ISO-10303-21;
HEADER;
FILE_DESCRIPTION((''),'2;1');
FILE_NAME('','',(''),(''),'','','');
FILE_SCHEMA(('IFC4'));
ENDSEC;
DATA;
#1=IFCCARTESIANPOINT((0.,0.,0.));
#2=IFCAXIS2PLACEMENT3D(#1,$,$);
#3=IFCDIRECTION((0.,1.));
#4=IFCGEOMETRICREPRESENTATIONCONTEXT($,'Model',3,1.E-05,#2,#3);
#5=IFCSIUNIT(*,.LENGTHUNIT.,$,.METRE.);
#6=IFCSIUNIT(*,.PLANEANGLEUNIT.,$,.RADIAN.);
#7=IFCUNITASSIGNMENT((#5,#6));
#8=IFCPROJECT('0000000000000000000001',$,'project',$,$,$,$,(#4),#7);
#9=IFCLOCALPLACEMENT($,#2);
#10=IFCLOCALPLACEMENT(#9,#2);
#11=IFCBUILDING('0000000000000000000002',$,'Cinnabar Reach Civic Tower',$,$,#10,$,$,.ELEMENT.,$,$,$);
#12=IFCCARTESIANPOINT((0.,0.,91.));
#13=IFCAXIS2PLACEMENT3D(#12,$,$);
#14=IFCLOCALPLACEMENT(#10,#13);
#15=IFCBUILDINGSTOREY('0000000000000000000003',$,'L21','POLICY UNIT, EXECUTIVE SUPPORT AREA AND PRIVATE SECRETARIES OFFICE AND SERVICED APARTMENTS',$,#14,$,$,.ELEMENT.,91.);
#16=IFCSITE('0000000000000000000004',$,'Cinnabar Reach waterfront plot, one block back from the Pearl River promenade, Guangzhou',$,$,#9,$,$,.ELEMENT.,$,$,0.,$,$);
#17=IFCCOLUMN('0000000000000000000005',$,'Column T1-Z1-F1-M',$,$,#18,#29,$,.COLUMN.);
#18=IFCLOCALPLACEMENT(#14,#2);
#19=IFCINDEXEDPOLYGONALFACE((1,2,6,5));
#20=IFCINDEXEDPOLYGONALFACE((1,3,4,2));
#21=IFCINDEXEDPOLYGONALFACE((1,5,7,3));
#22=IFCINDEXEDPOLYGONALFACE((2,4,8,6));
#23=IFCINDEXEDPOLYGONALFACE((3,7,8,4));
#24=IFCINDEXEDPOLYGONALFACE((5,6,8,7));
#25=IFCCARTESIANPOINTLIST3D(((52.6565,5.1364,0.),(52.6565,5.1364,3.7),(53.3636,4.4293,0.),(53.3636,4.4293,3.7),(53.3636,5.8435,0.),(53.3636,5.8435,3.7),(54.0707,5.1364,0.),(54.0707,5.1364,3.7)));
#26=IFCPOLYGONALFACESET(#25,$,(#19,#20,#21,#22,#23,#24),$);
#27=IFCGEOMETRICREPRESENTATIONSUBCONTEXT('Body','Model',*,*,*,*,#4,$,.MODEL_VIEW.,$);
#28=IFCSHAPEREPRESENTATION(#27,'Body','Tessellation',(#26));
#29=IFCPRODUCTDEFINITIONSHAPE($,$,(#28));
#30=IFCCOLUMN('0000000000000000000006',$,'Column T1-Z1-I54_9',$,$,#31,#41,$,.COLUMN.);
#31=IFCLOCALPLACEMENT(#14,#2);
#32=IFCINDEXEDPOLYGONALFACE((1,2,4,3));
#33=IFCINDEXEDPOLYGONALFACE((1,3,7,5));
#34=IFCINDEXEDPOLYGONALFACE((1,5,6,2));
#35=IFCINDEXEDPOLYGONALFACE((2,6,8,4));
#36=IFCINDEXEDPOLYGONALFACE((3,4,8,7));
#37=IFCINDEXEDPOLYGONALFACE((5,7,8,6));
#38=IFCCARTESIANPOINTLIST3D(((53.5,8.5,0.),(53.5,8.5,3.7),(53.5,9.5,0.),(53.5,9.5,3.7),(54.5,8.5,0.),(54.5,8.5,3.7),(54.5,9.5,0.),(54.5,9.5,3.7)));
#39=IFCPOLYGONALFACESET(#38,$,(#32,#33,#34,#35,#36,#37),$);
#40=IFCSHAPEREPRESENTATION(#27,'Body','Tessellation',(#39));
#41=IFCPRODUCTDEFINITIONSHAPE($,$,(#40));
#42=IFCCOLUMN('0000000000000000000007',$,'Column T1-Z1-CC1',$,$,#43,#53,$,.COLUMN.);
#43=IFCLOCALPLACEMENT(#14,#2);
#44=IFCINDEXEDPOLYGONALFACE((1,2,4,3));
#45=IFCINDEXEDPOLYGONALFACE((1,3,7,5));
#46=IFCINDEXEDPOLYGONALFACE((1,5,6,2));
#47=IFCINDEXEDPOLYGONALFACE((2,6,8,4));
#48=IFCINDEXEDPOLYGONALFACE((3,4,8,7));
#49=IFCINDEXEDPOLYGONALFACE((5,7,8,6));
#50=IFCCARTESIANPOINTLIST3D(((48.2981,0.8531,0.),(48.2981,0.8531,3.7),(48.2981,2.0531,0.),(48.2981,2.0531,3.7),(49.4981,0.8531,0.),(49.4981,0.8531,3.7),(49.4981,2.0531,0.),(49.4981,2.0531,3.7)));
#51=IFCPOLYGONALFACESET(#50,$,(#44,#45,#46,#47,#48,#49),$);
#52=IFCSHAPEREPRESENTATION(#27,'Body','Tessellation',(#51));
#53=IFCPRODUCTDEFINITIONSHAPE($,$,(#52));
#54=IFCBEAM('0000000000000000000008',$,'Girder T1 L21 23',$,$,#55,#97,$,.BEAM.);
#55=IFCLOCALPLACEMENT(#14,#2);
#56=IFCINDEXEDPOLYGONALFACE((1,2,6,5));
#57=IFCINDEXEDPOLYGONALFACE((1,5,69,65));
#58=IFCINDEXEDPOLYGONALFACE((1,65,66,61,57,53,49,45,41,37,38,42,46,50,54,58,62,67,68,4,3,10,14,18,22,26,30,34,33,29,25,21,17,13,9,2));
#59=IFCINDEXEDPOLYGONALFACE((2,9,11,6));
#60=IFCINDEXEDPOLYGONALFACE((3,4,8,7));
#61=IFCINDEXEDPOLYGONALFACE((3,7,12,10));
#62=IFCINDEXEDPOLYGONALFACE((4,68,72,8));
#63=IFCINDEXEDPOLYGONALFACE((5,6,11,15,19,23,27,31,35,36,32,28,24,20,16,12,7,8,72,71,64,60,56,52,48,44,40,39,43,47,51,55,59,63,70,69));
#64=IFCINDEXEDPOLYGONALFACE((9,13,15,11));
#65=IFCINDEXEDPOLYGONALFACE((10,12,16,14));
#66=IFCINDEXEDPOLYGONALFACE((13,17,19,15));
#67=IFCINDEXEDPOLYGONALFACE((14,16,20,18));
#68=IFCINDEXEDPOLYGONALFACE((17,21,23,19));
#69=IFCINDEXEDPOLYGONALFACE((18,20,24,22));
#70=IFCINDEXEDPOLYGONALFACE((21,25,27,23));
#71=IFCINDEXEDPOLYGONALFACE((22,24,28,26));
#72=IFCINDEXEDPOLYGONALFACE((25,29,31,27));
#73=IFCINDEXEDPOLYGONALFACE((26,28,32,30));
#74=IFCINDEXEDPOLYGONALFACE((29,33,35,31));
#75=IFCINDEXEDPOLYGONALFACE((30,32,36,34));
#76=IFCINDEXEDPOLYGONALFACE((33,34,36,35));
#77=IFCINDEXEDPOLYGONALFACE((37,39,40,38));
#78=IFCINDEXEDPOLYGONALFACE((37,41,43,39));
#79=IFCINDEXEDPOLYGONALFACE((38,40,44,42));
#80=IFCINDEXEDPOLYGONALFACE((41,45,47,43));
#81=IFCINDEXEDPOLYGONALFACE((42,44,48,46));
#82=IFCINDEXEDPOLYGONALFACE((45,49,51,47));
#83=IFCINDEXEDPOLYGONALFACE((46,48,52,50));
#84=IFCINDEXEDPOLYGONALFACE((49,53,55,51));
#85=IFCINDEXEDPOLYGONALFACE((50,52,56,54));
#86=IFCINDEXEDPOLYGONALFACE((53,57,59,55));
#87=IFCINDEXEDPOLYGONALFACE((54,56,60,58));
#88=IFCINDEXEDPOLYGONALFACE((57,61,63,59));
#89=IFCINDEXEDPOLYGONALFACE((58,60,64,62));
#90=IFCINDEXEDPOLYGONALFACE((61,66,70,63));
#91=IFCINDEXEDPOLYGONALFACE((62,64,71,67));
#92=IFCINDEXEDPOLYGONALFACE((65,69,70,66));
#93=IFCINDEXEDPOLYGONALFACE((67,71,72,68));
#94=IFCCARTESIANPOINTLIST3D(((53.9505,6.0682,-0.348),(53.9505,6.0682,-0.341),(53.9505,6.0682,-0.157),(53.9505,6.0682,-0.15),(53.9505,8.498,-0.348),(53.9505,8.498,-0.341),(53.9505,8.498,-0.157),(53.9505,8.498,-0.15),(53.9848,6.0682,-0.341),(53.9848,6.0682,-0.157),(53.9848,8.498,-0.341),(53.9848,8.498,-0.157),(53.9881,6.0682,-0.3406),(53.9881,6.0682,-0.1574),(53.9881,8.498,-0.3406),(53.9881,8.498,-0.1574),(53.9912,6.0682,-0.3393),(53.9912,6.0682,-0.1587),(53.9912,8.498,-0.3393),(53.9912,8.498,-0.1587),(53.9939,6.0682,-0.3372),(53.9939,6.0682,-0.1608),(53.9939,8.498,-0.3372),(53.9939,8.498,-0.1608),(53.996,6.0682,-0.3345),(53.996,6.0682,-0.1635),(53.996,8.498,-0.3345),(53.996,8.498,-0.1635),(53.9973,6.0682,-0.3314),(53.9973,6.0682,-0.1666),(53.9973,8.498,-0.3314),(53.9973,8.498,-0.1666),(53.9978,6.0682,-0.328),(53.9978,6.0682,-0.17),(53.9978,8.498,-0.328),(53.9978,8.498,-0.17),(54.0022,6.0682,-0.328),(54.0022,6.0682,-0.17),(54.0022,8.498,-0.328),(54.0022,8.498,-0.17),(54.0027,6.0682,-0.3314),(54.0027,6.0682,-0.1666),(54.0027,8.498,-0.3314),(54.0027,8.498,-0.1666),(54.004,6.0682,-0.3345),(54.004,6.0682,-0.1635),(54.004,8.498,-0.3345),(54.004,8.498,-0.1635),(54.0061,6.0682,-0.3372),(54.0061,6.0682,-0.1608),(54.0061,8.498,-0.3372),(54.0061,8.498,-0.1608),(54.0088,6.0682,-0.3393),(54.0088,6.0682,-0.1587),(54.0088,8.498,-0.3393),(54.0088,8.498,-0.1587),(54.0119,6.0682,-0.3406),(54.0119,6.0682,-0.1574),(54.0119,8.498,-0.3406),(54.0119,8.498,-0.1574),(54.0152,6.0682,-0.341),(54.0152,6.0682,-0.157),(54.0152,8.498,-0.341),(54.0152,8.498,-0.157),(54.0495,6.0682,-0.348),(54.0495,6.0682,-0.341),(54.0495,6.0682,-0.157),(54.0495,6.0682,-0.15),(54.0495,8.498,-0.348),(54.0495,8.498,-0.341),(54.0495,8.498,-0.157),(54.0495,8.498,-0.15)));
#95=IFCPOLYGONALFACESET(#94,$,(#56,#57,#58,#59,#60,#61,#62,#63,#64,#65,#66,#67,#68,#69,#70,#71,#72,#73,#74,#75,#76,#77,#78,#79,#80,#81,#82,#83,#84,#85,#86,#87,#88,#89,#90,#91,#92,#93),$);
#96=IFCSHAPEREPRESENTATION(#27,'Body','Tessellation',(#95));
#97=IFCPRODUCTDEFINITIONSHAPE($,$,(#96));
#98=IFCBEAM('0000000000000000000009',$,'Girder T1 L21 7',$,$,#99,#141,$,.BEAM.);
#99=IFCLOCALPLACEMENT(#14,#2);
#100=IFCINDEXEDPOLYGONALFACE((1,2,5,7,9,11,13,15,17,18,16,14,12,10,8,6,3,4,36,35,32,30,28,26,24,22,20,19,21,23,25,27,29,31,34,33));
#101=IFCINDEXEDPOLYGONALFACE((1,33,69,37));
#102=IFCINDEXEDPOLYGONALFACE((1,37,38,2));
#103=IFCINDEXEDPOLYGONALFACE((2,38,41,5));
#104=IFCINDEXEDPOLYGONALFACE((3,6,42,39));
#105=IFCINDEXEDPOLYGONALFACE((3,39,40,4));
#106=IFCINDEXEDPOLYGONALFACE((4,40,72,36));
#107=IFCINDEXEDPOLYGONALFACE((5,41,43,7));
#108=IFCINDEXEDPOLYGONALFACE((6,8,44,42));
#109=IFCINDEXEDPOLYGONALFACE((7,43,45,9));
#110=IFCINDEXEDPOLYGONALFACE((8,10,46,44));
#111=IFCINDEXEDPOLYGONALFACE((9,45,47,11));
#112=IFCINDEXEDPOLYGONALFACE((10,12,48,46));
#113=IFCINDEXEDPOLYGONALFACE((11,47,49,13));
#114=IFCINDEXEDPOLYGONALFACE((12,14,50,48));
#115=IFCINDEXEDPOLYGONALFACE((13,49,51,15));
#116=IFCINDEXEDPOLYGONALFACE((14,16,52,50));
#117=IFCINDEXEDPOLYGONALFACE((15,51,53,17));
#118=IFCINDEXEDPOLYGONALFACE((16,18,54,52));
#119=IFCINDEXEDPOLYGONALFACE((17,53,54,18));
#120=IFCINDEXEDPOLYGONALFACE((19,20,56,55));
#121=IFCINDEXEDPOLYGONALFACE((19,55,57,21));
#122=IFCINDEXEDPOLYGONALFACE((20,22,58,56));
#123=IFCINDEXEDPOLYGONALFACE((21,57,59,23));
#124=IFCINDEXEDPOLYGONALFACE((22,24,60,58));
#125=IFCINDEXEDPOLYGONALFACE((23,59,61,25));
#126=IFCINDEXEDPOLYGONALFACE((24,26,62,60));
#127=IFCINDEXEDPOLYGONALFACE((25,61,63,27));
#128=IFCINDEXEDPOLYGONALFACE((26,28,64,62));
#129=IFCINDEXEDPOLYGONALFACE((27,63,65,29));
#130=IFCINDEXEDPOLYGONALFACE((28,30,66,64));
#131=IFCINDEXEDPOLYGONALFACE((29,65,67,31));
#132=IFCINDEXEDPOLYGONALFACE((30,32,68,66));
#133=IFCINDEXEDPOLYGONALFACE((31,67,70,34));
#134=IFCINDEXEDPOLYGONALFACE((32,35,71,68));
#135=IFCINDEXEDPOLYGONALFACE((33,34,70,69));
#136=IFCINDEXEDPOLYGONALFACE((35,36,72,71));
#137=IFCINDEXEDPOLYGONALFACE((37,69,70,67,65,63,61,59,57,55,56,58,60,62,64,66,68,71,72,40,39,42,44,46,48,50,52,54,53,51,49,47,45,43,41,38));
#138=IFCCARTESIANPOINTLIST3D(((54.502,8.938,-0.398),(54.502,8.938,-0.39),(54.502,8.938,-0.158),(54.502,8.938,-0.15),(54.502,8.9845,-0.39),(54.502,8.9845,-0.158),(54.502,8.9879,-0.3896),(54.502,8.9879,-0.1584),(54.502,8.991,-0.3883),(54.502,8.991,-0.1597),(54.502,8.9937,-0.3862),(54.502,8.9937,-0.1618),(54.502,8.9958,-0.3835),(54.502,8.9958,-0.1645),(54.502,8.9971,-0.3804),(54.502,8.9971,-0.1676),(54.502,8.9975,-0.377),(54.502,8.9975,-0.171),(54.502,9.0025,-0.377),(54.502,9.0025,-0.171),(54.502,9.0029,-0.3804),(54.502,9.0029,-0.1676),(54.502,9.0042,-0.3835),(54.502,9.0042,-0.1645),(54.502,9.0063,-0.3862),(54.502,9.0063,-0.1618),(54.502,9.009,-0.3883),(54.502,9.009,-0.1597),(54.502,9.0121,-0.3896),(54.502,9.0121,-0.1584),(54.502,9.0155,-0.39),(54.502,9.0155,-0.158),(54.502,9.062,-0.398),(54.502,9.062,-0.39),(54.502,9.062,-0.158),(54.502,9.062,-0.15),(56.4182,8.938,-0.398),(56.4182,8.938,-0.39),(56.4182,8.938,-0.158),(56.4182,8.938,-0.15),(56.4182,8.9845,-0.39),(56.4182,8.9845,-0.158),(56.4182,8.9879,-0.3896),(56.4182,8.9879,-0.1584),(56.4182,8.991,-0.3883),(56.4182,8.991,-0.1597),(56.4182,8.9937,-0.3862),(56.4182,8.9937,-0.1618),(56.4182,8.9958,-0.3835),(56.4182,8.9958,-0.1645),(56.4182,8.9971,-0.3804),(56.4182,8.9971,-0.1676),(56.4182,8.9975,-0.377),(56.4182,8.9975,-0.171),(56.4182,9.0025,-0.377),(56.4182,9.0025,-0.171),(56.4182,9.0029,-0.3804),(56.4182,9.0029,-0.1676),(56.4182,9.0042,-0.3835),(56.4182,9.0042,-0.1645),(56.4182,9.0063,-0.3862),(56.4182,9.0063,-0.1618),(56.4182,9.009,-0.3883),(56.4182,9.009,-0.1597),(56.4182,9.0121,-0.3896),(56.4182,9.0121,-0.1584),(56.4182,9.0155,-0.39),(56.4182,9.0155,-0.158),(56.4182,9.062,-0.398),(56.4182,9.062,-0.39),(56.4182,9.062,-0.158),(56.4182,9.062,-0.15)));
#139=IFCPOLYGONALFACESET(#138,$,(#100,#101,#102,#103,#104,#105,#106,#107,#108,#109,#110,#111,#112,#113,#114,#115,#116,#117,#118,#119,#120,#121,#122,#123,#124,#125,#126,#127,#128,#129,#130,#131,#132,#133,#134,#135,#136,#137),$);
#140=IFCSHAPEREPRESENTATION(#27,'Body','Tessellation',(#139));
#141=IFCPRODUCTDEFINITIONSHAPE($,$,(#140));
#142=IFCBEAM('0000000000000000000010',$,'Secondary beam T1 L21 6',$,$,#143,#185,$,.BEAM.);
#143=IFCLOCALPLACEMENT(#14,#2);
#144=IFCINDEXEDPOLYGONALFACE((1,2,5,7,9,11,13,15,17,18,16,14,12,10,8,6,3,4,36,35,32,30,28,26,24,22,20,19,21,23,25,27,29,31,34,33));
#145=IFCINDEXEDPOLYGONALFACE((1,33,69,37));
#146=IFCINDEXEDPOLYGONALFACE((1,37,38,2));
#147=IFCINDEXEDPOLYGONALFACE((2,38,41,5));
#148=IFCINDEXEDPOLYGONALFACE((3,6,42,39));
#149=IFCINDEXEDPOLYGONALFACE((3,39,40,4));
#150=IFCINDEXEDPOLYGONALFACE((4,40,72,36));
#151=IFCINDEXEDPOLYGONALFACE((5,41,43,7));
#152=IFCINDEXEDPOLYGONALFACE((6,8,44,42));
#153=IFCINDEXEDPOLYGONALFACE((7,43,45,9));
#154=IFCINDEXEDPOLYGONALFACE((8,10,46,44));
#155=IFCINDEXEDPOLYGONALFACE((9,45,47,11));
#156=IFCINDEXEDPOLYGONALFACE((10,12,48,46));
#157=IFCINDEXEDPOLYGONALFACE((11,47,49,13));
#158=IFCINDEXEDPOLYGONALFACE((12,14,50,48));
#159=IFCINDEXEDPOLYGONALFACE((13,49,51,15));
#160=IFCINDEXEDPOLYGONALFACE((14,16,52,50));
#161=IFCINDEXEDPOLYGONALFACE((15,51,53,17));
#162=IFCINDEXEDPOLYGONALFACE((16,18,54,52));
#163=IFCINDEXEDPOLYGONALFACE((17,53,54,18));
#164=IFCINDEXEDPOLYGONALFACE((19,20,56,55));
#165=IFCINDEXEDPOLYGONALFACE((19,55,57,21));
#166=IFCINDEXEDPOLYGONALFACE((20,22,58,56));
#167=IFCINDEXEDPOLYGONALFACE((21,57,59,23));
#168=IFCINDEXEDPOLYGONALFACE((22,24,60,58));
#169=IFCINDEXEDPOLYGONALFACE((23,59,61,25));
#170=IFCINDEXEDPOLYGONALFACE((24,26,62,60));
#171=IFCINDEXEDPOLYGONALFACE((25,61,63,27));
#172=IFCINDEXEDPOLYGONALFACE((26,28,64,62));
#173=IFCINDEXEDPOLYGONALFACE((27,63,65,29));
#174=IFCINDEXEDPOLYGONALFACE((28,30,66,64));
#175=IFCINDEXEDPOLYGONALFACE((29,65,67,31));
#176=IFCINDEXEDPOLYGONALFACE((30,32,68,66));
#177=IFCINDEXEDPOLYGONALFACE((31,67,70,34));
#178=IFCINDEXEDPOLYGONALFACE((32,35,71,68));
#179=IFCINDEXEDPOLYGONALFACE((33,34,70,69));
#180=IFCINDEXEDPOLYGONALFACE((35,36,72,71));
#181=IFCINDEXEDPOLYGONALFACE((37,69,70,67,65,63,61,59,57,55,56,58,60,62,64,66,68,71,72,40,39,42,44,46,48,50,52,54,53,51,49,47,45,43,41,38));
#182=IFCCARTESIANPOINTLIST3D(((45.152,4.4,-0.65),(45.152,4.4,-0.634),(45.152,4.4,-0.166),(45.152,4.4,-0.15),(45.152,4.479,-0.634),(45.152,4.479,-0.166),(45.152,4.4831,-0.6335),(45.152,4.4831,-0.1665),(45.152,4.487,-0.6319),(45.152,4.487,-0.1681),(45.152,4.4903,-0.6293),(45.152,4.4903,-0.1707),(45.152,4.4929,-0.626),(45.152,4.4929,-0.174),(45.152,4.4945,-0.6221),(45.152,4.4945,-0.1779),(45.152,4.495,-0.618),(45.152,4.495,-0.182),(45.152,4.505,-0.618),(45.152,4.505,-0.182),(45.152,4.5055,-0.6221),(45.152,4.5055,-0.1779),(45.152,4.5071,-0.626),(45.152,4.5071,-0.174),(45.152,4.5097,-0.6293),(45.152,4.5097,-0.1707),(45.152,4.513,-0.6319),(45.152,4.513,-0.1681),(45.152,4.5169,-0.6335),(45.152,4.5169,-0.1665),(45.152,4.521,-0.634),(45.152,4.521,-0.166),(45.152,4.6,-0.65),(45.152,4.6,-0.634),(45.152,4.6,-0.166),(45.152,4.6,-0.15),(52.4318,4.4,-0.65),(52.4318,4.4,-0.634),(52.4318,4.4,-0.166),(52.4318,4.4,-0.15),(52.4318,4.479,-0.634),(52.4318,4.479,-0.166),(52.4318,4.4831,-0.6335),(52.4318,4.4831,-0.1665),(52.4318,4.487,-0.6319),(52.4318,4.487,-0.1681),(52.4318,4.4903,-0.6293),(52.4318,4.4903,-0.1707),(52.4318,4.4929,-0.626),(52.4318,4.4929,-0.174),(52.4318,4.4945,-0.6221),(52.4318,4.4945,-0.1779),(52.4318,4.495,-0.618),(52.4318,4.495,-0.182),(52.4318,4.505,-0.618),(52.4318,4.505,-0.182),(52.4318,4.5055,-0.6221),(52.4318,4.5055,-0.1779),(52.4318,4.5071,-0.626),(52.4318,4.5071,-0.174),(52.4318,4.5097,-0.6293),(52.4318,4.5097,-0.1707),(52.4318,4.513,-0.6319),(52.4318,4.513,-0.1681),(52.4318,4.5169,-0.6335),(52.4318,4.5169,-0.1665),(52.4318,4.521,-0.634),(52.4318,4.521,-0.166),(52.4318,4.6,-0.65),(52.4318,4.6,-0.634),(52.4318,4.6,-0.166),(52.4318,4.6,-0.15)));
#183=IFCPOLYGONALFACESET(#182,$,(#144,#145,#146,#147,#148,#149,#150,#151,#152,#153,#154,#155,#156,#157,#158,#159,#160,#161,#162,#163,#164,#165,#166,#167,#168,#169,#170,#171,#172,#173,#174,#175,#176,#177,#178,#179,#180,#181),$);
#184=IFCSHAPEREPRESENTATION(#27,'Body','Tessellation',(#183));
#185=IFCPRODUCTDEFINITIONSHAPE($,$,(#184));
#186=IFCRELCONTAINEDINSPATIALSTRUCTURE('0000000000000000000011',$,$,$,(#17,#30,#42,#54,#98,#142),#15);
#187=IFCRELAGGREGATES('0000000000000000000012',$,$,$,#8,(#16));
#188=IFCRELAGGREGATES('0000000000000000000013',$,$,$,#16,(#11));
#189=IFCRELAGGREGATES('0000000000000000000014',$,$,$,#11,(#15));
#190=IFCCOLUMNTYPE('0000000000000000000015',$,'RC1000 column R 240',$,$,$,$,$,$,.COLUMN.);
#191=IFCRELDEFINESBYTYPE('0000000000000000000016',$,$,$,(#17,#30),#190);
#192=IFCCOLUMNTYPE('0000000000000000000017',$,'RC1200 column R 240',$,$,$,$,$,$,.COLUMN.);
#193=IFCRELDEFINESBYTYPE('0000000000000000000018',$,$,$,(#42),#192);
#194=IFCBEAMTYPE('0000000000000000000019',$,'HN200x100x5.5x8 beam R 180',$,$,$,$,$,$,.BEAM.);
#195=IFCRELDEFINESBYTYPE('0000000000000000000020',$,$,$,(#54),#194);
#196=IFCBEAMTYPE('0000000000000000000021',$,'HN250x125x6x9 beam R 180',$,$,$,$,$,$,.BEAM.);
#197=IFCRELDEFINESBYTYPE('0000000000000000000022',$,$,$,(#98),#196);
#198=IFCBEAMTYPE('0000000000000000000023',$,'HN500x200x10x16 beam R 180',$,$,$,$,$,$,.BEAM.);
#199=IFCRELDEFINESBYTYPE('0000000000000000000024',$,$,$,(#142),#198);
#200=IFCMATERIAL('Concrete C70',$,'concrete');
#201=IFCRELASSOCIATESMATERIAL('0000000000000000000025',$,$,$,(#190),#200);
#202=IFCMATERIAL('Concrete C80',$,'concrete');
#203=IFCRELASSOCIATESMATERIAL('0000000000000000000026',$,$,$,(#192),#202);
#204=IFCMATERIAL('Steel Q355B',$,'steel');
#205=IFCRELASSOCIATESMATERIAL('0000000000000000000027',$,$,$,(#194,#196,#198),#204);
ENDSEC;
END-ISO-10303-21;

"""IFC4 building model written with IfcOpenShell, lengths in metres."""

from ifc_helpers import new_model, si_unit, direction, frame, origin, origin_2d, place, context, subcontext, project, spatial, rectangle, i_section, extrude, material, material_profile, profile_set, type_object, element, save


model = new_model("IFC4")

# Units and contexts
model_context = context("Model", 3, precision=1e-05, world=origin(), true_north=direction((0.0, 1.0)))
body_context = subcontext(model_context, "Body", "Model", "MODEL_VIEW")
ifc_project = project(units=[si_unit("LENGTHUNIT", "METRE"), si_unit("PLANEANGLEUNIT", "RADIAN")], contexts=[model_context])

# Site, building, storey
site_placement = place(None, origin())
site = spatial("IfcSite", under=ifc_project, at=site_placement, Name="Cinnabar Reach waterfront plot, one block back from the Pearl River promenade, Guangzhou", CompositionType="ELEMENT", RefElevation=0.0)
building_placement = place(site_placement, origin())
building = spatial("IfcBuilding", under=site, at=building_placement, Name="Cinnabar Reach Civic Tower", CompositionType="ELEMENT")
storey_placement = place(building_placement, frame((0.0, 0.0, 91.0)))
storey = spatial("IfcBuildingStorey", under=building, at=storey_placement, Name="L21", Description="POLICY UNIT, EXECUTIVE SUPPORT AREA AND PRIVATE SECRETARIES OFFICE AND SERVICED APARTMENTS", CompositionType="ELEMENT", Elevation=91.0)

# Columns
ifc_material_1 = material(Name="Concrete C70", Category="concrete")
ifc_material_profile_1 = material_profile(ifc_material_1, rectangle(XDim=1.0, YDim=1.0, at=origin_2d()), Name="RC1000")
ifc_profile_set_1 = profile_set([ifc_material_profile_1], Name="Concrete C70")
column_type_1 = type_object("IfcColumnType", Name="RC1000 column R 240", PredefinedType="COLUMN", material=ifc_profile_set_1)
for number, where, z_axis, x_axis, name in (
    (1, (53.3636, 5.1364, 0.0), (0.0, 0.0, 1.0), (0.707107, 0.707107, 0.0), "Column T1-Z1-F1-M"),
    (2, (54.0, 9.0, 0.0), (0.0, 0.0, 1.0), (1.0, 0.0, 0.0), "Column T1-Z1-I54_9"),
):
    element("IfcColumn", number, at=place(storey_placement, frame(where, z_axis=z_axis, x_axis=x_axis)), inside=storey, type_object=column_type_1, Name=name, PredefinedType="COLUMN", context=body_context, shape_type="SweptSolid", body=[
        extrude(rectangle(XDim=1.0, YDim=1.0, at=origin_2d()), origin(), (0.0, 0.0, 1.0), 3.7),
    ])
ifc_material_2 = material(Name="Concrete C80", Category="concrete")
ifc_material_profile_2 = material_profile(ifc_material_2, rectangle(XDim=1.2, YDim=1.2, at=origin_2d()), Name="RC1200")
ifc_profile_set_2 = profile_set([ifc_material_profile_2], Name="Concrete C80")
column_type_2 = type_object("IfcColumnType", Name="RC1200 column R 240", PredefinedType="COLUMN", material=ifc_profile_set_2)
column_placement = place(storey_placement, frame((48.8981, 1.4531, 0.0), z_axis=(0.0, 0.0, 1.0), x_axis=(1.0, 0.0, 0.0)))
element("IfcColumn", 3, at=column_placement, inside=storey, type_object=column_type_2, Name="Column T1-Z1-CC1", PredefinedType="COLUMN", context=body_context, shape_type="SweptSolid", body=[
    extrude(rectangle(XDim=1.2, YDim=1.2, at=origin_2d()), origin(), (0.0, 0.0, 1.0), 3.7),
])

# Beams
ifc_material_3 = material(Name="Steel Q355B", Category="steel")
ifc_material_profile_3 = material_profile(ifc_material_3, i_section(OverallWidth=0.099, OverallDepth=0.198, WebThickness=0.0045, FlangeThickness=0.007, FilletRadius=0.013, at=origin_2d()), Name="HN200x100x5.5x8")
ifc_profile_set_3 = profile_set([ifc_material_profile_3], Name="Steel Q355B")
beam_type_1 = type_object("IfcBeamType", Name="HN200x100x5.5x8 beam R 180", PredefinedType="BEAM", material=ifc_profile_set_3)
beam_1_placement = place(storey_placement, frame((54.0, 6.0682, -0.249), z_axis=(0.0, 1.0, 0.0), x_axis=(-1.0, 0.0, 0.0)))
element("IfcBeam", 4, at=beam_1_placement, inside=storey, type_object=beam_type_1, Name="Girder T1 L21 23", PredefinedType="BEAM", context=body_context, shape_type="SweptSolid", body=[
    extrude(i_section(OverallWidth=0.099, OverallDepth=0.198, WebThickness=0.0045, FlangeThickness=0.007, FilletRadius=0.013, at=origin_2d()), origin(), (0.0, 0.0, 1.0), 2.4298),
])
ifc_material_profile_4 = material_profile(ifc_material_3, i_section(OverallWidth=0.124, OverallDepth=0.248, WebThickness=0.005, FlangeThickness=0.008, FilletRadius=0.013, at=origin_2d()), Name="HN250x125x6x9")
ifc_profile_set_4 = profile_set([ifc_material_profile_4], Name="Steel Q355B")
beam_type_2 = type_object("IfcBeamType", Name="HN250x125x6x9 beam R 180", PredefinedType="BEAM", material=ifc_profile_set_4)
beam_2_placement = place(storey_placement, frame((54.502, 9.0, -0.274), z_axis=(1.0, 0.0, 0.0), x_axis=(0.0, 1.0, 0.0)))
element("IfcBeam", 5, at=beam_2_placement, inside=storey, type_object=beam_type_2, Name="Girder T1 L21 7", PredefinedType="BEAM", context=body_context, shape_type="SweptSolid", body=[
    extrude(i_section(OverallWidth=0.124, OverallDepth=0.248, WebThickness=0.005, FlangeThickness=0.008, FilletRadius=0.013, at=origin_2d()), origin(), (0.0, 0.0, 1.0), 1.9162),
])
ifc_material_profile_5 = material_profile(ifc_material_3, i_section(OverallWidth=0.2, OverallDepth=0.5, WebThickness=0.01, FlangeThickness=0.016, FilletRadius=0.016, at=origin_2d()), Name="HN500x200x10x16")
ifc_profile_set_5 = profile_set([ifc_material_profile_5], Name="Steel Q355B")
beam_type_3 = type_object("IfcBeamType", Name="HN500x200x10x16 beam R 180", PredefinedType="BEAM", material=ifc_profile_set_5)
beam_3_placement = place(storey_placement, frame((45.152, 4.5, -0.4), z_axis=(1.0, 0.0, 0.0), x_axis=(0.0, 1.0, 0.0)))
element("IfcBeam", 6, at=beam_3_placement, inside=storey, type_object=beam_type_3, Name="Secondary beam T1 L21 6", PredefinedType="BEAM", context=body_context, shape_type="SweptSolid", body=[
    extrude(i_section(OverallWidth=0.2, OverallDepth=0.5, WebThickness=0.01, FlangeThickness=0.016, FilletRadius=0.016, at=origin_2d()), origin(), (0.0, 0.0, 1.0), 7.2798),
])

save(model, "model.ifc")
